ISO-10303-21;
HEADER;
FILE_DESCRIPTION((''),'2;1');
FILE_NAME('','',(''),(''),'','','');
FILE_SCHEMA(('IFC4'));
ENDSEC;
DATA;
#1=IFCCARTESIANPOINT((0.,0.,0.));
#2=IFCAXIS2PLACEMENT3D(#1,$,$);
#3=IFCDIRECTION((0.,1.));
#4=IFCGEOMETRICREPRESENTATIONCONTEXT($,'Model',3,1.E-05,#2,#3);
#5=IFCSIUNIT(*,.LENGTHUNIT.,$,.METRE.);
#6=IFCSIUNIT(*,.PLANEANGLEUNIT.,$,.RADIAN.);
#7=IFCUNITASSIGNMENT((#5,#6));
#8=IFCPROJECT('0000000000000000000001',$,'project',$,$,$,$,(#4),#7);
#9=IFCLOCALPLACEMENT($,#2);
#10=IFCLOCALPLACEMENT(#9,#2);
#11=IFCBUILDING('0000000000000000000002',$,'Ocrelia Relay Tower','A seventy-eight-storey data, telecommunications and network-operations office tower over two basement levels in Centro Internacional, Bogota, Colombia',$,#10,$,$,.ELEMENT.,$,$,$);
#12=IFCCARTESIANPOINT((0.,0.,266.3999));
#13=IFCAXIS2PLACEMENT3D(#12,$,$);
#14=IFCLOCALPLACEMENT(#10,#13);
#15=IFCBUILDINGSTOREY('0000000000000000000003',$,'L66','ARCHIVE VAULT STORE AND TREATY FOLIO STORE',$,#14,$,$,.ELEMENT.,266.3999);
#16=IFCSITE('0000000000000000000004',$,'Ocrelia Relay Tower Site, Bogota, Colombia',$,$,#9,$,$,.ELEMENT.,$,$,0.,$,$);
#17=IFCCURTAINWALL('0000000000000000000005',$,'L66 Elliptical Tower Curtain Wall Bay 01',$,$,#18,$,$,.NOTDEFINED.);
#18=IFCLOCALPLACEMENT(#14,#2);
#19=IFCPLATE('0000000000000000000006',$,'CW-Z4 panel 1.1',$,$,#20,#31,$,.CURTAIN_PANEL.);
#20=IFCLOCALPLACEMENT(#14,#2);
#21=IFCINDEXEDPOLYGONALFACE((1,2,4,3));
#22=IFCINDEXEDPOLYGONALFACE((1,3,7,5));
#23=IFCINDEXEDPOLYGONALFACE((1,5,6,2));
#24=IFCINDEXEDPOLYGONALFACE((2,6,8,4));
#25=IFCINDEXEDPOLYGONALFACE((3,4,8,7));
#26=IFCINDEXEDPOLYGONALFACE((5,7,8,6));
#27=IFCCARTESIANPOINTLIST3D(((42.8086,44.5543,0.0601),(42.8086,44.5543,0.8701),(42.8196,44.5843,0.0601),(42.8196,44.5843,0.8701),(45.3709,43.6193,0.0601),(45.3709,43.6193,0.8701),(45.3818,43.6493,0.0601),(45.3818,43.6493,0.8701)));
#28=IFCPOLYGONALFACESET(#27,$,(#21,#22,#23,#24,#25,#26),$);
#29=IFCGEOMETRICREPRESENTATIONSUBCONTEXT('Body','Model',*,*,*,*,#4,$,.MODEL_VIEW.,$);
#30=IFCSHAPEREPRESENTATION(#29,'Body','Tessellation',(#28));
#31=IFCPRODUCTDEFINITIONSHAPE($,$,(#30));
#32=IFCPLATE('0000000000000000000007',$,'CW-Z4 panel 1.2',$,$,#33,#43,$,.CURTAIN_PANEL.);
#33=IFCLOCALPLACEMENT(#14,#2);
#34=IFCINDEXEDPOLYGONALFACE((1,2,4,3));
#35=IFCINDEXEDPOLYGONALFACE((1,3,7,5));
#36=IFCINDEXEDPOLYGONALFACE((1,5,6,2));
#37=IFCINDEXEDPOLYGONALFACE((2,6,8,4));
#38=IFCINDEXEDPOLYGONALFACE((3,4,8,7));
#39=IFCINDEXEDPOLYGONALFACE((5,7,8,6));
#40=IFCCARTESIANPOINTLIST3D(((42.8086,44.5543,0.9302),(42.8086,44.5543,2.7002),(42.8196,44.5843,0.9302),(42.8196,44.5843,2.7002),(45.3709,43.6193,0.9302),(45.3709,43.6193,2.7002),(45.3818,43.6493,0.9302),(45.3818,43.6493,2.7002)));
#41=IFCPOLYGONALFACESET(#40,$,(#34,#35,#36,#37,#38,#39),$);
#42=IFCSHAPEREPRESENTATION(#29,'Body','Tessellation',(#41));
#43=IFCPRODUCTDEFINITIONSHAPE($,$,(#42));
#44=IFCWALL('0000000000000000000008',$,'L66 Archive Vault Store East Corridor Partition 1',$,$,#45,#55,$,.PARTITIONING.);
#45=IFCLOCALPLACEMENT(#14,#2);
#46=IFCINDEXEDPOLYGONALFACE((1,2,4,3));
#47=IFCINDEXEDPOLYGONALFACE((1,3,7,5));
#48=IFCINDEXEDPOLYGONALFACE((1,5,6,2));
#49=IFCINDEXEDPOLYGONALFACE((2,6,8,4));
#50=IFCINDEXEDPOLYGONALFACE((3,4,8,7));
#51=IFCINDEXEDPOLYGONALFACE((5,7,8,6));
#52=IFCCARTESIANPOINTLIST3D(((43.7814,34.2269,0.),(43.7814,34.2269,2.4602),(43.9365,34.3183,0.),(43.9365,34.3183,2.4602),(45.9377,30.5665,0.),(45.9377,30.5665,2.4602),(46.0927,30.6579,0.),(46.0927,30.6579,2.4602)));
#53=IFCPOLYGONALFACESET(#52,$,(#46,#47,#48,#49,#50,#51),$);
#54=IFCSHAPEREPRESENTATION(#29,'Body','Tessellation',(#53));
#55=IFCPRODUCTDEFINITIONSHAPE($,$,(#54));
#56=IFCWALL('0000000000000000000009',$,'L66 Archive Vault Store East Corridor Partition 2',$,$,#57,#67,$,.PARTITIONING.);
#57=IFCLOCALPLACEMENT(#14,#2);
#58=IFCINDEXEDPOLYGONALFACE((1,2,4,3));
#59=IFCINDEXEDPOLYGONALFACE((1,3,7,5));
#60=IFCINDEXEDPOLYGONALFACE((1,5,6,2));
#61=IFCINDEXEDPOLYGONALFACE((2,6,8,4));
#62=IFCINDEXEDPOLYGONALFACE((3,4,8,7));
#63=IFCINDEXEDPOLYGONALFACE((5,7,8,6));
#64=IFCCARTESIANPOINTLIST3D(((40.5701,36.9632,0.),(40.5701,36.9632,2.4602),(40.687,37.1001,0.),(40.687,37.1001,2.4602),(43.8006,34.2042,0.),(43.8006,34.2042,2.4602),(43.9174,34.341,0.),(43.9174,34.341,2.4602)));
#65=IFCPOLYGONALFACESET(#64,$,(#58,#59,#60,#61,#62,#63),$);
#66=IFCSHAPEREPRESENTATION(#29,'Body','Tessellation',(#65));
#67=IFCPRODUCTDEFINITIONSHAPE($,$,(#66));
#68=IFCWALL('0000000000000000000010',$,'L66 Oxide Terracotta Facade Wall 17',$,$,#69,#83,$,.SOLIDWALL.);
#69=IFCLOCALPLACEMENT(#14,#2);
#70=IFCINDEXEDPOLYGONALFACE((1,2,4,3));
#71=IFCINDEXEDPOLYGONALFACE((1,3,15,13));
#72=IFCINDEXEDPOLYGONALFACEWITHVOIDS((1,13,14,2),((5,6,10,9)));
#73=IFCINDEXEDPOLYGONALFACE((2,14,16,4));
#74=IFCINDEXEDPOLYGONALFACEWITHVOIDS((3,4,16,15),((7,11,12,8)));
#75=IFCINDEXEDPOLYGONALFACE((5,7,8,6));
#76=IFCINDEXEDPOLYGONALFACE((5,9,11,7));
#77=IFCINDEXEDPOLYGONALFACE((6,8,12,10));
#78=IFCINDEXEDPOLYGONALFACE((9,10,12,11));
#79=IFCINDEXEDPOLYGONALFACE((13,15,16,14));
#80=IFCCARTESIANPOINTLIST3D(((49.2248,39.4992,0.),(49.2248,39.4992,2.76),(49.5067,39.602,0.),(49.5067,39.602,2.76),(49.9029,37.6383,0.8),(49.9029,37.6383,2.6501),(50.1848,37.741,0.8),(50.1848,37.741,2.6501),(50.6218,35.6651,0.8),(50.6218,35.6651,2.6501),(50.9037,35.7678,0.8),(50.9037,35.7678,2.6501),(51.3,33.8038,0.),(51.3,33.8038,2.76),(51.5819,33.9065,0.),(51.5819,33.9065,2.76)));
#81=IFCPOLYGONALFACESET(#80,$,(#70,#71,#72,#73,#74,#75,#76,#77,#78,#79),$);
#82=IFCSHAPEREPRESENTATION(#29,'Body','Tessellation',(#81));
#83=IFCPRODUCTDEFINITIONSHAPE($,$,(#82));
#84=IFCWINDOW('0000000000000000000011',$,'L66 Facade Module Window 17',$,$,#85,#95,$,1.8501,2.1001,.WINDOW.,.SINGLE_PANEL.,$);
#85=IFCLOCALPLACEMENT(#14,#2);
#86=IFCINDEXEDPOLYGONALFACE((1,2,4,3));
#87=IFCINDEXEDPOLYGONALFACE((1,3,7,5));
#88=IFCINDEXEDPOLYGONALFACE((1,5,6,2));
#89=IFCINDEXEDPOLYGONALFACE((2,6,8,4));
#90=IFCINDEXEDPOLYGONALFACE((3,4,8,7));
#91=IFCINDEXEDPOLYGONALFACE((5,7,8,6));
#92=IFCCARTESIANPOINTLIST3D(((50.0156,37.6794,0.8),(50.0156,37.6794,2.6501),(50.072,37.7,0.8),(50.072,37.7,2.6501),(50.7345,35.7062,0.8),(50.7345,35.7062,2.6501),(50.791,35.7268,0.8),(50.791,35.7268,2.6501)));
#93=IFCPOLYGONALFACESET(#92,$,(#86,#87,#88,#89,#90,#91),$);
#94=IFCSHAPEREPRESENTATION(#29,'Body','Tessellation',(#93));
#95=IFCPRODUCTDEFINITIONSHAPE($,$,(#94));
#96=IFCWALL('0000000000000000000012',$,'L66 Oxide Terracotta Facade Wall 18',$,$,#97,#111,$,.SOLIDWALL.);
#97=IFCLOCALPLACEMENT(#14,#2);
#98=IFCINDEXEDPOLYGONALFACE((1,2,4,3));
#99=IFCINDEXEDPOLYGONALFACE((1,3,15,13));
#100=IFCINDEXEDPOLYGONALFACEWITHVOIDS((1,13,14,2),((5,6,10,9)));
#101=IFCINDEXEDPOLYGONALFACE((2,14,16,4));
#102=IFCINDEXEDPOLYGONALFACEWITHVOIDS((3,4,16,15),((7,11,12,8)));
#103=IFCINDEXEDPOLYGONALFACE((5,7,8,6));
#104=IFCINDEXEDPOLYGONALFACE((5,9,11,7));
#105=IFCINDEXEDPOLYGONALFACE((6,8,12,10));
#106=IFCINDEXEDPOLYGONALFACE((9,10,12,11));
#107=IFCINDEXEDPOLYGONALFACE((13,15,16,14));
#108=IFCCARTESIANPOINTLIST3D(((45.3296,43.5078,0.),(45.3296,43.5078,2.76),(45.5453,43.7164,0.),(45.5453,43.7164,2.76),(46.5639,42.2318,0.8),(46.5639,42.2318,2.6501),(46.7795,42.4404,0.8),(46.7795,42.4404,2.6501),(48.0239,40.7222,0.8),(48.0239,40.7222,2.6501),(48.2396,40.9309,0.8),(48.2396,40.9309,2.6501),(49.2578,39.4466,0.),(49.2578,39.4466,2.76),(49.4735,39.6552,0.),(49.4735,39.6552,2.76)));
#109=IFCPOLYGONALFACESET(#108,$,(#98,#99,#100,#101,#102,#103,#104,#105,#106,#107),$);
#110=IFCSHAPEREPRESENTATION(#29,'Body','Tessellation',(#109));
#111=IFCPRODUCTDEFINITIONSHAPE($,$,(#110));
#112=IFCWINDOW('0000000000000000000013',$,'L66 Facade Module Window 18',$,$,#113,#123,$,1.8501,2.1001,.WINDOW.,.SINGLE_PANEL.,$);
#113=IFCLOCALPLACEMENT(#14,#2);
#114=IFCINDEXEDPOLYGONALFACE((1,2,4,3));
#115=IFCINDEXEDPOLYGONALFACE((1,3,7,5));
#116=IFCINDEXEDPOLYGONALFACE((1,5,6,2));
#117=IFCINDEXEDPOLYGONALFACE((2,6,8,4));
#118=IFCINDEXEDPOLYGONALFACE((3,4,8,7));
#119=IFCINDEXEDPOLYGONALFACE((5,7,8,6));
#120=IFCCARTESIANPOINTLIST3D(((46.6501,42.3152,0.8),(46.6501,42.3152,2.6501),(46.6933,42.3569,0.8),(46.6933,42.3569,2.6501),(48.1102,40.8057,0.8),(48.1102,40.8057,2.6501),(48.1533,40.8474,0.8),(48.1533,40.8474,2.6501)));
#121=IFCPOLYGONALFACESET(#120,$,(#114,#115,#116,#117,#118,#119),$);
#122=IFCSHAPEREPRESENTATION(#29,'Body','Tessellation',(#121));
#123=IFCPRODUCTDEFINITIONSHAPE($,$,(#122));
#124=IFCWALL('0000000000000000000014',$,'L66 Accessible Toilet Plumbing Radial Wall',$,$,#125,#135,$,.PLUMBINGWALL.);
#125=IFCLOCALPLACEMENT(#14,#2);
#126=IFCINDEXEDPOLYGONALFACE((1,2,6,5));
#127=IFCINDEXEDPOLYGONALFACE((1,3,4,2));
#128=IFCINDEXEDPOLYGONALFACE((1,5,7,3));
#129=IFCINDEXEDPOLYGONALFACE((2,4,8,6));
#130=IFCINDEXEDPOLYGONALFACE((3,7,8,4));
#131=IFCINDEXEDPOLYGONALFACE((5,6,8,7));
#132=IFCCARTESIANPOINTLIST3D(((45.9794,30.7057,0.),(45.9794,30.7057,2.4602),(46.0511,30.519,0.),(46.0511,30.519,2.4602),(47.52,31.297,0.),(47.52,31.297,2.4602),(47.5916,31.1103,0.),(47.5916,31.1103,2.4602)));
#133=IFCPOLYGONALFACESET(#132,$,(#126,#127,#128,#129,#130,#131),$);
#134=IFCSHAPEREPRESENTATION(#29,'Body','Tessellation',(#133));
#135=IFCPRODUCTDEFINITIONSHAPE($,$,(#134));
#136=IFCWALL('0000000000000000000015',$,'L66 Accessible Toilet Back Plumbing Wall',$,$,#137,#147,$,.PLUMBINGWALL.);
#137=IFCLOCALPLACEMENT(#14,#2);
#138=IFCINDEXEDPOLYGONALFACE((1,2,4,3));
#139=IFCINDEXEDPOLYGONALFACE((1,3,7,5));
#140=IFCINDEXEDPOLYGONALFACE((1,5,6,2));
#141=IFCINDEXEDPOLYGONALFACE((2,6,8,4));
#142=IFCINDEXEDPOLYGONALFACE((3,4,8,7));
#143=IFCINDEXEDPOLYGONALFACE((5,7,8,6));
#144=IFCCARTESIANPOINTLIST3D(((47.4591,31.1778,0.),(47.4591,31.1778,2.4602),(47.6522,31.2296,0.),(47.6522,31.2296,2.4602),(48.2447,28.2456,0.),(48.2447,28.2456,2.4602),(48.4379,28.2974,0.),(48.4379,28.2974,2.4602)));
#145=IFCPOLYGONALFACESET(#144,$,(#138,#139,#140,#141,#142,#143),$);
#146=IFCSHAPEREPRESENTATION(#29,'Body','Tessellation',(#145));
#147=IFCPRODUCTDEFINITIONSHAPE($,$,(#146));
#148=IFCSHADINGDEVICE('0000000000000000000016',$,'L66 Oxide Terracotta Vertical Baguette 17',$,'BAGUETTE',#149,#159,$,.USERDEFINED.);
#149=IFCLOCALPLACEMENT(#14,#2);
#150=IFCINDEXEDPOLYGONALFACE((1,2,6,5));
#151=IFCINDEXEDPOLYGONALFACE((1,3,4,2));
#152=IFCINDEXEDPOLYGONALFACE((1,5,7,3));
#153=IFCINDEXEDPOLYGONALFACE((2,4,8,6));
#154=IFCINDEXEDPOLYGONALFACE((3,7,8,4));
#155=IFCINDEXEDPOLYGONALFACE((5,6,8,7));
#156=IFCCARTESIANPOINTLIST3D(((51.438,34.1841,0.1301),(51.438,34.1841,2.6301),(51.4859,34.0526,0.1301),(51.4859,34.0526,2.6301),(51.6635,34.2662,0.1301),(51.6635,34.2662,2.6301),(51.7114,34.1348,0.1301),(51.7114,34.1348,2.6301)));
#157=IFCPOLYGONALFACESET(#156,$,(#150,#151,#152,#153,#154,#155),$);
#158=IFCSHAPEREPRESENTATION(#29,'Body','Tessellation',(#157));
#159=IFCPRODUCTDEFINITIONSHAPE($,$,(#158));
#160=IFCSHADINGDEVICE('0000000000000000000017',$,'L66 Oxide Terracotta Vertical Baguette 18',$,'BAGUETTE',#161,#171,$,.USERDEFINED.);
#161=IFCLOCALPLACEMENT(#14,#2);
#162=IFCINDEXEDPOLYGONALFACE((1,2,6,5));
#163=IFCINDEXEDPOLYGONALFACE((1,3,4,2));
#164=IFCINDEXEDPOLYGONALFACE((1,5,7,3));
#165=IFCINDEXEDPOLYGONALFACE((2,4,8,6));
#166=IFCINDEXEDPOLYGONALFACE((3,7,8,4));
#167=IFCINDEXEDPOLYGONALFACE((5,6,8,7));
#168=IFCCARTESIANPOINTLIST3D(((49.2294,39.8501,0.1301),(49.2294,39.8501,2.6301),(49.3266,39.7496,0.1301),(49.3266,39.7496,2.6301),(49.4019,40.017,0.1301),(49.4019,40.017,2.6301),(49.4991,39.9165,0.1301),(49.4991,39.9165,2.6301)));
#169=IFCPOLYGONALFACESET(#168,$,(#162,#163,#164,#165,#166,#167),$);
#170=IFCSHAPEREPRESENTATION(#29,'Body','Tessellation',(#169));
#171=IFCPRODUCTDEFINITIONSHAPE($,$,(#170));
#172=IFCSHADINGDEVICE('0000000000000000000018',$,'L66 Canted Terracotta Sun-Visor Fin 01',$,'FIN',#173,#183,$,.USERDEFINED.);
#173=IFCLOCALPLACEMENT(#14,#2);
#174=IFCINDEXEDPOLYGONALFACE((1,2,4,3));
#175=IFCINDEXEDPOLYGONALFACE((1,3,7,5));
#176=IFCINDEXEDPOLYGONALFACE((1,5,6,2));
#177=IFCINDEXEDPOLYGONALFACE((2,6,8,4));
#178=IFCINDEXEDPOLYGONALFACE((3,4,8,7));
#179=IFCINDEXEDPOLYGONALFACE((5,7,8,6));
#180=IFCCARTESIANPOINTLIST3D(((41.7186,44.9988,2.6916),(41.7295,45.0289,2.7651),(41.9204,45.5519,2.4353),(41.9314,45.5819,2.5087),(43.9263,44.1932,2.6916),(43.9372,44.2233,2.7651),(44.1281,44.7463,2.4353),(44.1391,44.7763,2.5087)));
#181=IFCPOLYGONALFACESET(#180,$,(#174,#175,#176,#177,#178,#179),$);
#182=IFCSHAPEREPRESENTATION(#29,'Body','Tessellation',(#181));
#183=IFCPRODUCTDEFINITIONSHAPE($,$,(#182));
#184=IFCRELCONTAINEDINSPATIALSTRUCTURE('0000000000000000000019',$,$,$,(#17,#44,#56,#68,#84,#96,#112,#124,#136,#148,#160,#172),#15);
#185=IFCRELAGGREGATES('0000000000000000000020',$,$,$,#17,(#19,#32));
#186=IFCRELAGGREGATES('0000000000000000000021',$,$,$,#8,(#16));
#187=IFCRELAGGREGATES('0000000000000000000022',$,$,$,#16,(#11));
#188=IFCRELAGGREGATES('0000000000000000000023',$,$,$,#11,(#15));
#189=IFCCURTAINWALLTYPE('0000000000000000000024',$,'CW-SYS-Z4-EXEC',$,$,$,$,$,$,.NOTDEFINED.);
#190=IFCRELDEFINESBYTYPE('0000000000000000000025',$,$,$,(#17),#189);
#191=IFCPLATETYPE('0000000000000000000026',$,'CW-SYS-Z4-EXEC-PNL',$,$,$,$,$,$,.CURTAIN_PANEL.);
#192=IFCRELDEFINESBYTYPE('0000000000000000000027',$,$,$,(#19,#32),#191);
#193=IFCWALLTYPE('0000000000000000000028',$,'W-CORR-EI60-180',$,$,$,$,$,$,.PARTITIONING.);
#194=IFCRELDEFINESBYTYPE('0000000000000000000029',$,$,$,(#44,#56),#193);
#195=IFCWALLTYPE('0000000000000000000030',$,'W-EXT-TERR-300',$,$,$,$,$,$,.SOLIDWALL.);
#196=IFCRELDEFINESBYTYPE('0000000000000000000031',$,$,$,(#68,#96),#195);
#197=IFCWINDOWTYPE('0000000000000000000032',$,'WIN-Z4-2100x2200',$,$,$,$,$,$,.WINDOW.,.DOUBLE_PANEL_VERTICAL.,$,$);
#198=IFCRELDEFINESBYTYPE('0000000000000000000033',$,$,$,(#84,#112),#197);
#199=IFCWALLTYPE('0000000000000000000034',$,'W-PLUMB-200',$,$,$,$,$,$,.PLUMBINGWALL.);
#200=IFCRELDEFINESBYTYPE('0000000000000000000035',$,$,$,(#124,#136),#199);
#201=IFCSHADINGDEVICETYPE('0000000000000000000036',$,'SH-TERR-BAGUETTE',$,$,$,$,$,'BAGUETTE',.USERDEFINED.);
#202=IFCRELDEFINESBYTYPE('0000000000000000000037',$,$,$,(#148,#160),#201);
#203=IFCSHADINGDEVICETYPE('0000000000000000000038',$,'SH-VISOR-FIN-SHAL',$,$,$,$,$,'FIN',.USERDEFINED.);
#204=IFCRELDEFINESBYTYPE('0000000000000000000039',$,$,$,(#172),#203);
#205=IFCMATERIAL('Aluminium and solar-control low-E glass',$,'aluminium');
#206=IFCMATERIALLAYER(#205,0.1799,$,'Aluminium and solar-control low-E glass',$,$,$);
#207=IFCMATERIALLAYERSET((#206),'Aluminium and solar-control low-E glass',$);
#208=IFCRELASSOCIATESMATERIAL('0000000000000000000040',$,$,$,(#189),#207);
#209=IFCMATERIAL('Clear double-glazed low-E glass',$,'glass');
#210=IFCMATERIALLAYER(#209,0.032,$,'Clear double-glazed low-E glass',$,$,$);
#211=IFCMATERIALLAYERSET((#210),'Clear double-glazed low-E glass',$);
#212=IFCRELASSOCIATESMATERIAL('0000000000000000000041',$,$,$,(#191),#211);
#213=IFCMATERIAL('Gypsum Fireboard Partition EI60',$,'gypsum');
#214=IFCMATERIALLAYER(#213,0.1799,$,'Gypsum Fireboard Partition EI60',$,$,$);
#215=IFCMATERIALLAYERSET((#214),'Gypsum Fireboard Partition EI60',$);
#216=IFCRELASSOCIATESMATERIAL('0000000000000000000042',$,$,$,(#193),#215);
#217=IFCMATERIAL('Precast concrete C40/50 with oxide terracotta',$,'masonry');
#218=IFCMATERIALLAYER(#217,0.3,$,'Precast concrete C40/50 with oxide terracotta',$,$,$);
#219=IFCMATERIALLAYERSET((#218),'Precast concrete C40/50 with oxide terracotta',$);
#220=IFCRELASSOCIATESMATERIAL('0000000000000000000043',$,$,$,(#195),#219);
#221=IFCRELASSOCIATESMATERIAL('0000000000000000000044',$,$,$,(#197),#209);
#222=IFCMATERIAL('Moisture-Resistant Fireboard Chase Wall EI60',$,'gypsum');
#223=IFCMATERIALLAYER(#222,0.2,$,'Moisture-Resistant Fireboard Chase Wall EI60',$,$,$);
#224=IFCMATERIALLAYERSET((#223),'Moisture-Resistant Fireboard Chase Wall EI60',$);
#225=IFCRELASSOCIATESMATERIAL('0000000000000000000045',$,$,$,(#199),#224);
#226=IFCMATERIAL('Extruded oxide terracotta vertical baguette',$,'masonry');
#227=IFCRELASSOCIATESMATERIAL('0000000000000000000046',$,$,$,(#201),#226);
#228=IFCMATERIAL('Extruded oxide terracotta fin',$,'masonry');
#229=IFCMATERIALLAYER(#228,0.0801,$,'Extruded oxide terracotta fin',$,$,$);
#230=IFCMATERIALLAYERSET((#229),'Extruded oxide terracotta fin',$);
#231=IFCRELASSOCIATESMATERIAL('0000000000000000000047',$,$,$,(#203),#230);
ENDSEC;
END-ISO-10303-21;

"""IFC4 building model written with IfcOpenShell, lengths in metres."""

from ifc_helpers import new_model, si_unit, direction, frame, frame_2d, origin, origin_2d, place, context, subcontext, project, spatial, rectangle, extrude, material, layer, layer_set, type_object, element, fill, aggregate, save


model = new_model("IFC4")

# Units and contexts
model_context = context("Model", 3, precision=1e-05, world=origin(), true_north=direction((0.0, 1.0)))
body_context = subcontext(model_context, "Body", "Model", "MODEL_VIEW")
ifc_project = project(units=[si_unit("LENGTHUNIT", "METRE"), si_unit("PLANEANGLEUNIT", "RADIAN")], contexts=[model_context])

# Site, building, storey
site_placement = place(None, origin())
site = spatial("IfcSite", under=ifc_project, at=site_placement, Name="Ocrelia Relay Tower Site, Bogota, Colombia", CompositionType="ELEMENT", RefElevation=0.0)
building_placement = place(site_placement, origin())
building = spatial("IfcBuilding", under=site, at=building_placement, Name="Ocrelia Relay Tower", Description="A seventy-eight-storey data, telecommunications and network-operations office tower over two basement levels in Centro Internacional, Bogota, Colombia", CompositionType="ELEMENT")
storey_placement = place(building_placement, frame((0.0, 0.0, 266.3999)))
storey = spatial("IfcBuildingStorey", under=building, at=storey_placement, Name="L66", Description="ARCHIVE VAULT STORE AND TREATY FOLIO STORE", CompositionType="ELEMENT", Elevation=266.3999)

# Curtain wall, plates
ifc_material_1 = material(Name="Aluminium and solar-control low-E glass", Category="aluminium")
ifc_layer_1 = layer(ifc_material_1, 0.1799, Name="Aluminium and solar-control low-E glass")
ifc_layer_set_1 = layer_set([ifc_layer_1], Name="Aluminium and solar-control low-E glass")
curtain_wall_type = type_object("IfcCurtainWallType", Name="CW-SYS-Z4-EXEC", PredefinedType="NOTDEFINED", material=ifc_layer_set_1)
curtain_wall_placement = place(storey_placement, origin())
curtain_wall = element("IfcCurtainWall", 1, at=curtain_wall_placement, inside=storey, type_object=curtain_wall_type, Name="L66 Elliptical Tower Curtain Wall Bay 01", PredefinedType="NOTDEFINED")
ifc_material_2 = material(Name="Clear double-glazed low-E glass", Category="glass")
ifc_layer_2 = layer(ifc_material_2, 0.032, Name="Clear double-glazed low-E glass")
ifc_layer_set_2 = layer_set([ifc_layer_2], Name="Clear double-glazed low-E glass")
plate_type = type_object("IfcPlateType", Name="CW-SYS-Z4-EXEC-PNL", PredefinedType="CURTAIN_PANEL", material=ifc_layer_set_2)
plate_1_placement = place(storey_placement, frame((44.0952, 44.1018, 0.0601), z_axis=(0.0, 0.0, 1.0), x_axis=(-0.939409, 0.342799, 0.0)))
plate_1 = element("IfcPlate", 2, at=plate_1_placement, type_object=plate_type, Name="CW-Z4 panel 1.1", PredefinedType="CURTAIN_PANEL", context=body_context, shape_type="SweptSolid", body=[
    extrude(rectangle(XDim=2.7275, YDim=0.032, at=origin_2d()), origin(), (0.0, 0.0, 1.0), 0.8101),
])
plate_2_placement = place(storey_placement, frame((44.0952, 44.1018, 0.9302), z_axis=(0.0, 0.0, 1.0), x_axis=(-0.939409, 0.342799, 0.0)))
plate_2 = element("IfcPlate", 3, at=plate_2_placement, type_object=plate_type, Name="CW-Z4 panel 1.2", PredefinedType="CURTAIN_PANEL", context=body_context, shape_type="SweptSolid", body=[
    extrude(rectangle(XDim=2.7275, YDim=0.032, at=origin_2d()), origin(), (0.0, 0.0, 1.0), 1.77),
])
aggregate(curtain_wall, [plate_1, plate_2])

# Walls
ifc_material_3 = material(Name="Gypsum Fireboard Partition EI60", Category="gypsum")
ifc_layer_3 = layer(ifc_material_3, 0.1799, Name="Gypsum Fireboard Partition EI60")
ifc_layer_set_3 = layer_set([ifc_layer_3], Name="Gypsum Fireboard Partition EI60")
wall_type_1 = type_object("IfcWallType", Name="W-CORR-EI60-180", PredefinedType="PARTITIONING", material=ifc_layer_set_3)
for number, where, z_axis, x_axis, name in (
    (4, (46.0151, 30.6123, 0.0), (0.0, 0.0, 1.0), (-0.507557, 0.861618, 0.0), "L66 Archive Vault Store East Corridor Partition 1"),
    (5, (43.8589, 34.2727, 0.0), (0.0, 0.0, 1.0), (-0.760412, 0.649442, 0.0), "L66 Archive Vault Store East Corridor Partition 2"),
):
    element("IfcWall", number, at=place(storey_placement, frame(where, z_axis=z_axis, x_axis=x_axis)), inside=storey, type_object=wall_type_1, Name=name, PredefinedType="PARTITIONING", context=body_context, shape_type="SweptSolid", body=[
        extrude(rectangle(XDim=4.2483, YDim=0.1799, at=frame_2d((2.124, 0.0))), origin(), (0.0, 0.0, 1.0), 2.4602),
    ])

# Walls, openings, windows
ifc_material_4 = material(Name="Precast concrete C40/50 with oxide terracotta", Category="masonry")
ifc_layer_4 = layer(ifc_material_4, 0.3, Name="Precast concrete C40/50 with oxide terracotta")
ifc_layer_set_4 = layer_set([ifc_layer_4], Name="Precast concrete C40/50 with oxide terracotta")
wall_type_2 = type_object("IfcWallType", Name="W-EXT-TERR-300", PredefinedType="SOLIDWALL", material=ifc_layer_set_4)
wall_1_placement = place(storey_placement, frame((51.4409, 33.8552, 0.0), z_axis=(0.0, 0.0, 1.0), x_axis=(-0.342338, 0.939577, 0.0)))
wall_1 = element("IfcWall", 6, at=wall_1_placement, inside=storey, type_object=wall_type_2, Name="L66 Oxide Terracotta Facade Wall 17", PredefinedType="SOLIDWALL", context=body_context, shape_type="SweptSolid", body=[
    extrude(rectangle(XDim=6.0618, YDim=0.3, at=frame_2d((3.0308, 0.0))), origin(), (0.0, 0.0, 1.0), 2.76),
])
opening_1_placement = place(wall_1_placement, frame((1.981, 0.0, 0.8)))
opening_1 = element("IfcOpeningElement", 7, at=opening_1_placement, cuts=wall_1, PredefinedType="OPENING", context=body_context, shape_type="SweptSolid", body=[
    extrude(rectangle(XDim=2.1001, YDim=1.8501, at=frame_2d((1.05, 0.925))), frame((0.0, 0.1602, 0.0), z_axis=(0.0, -1.0, 0.0), x_axis=(1.0, 0.0, 0.0)), (0.0, 0.0, 1.0), 0.3201),
])
window_type = type_object("IfcWindowType", Name="WIN-Z4-2100x2200", PartitioningType="DOUBLE_PANEL_VERTICAL", PredefinedType="WINDOW", material=ifc_material_2)
window_1_placement = place(opening_1_placement, origin())
window_1 = element("IfcWindow", 8, at=window_1_placement, inside=storey, type_object=window_type, Name="L66 Facade Module Window 17", OverallHeight=1.8501, OverallWidth=2.1001, PartitioningType="SINGLE_PANEL", PredefinedType="WINDOW", context=body_context, shape_type="SweptSolid", body=[
    extrude(rectangle(XDim=2.1001, YDim=1.8501, at=frame_2d((1.05, 0.925))), frame((0.0, 0.03, 0.0), z_axis=(0.0, -1.0, 0.0), x_axis=(1.0, 0.0, 0.0)), (0.0, 0.0, 1.0), 0.0601),
])
fill(opening_1, window_1)
wall_2_placement = place(storey_placement, frame((49.3657, 39.5508, 0.0), z_axis=(0.0, 0.0, 1.0), x_axis=(-0.695234, 0.718783, 0.0)))
wall_2 = element("IfcWall", 9, at=wall_2_placement, inside=storey, type_object=wall_type_2, Name="L66 Oxide Terracotta Facade Wall 18", PredefinedType="SOLIDWALL", context=body_context, shape_type="SweptSolid", body=[
    extrude(rectangle(XDim=5.6501, YDim=0.3, at=frame_2d((2.8252, 0.0))), origin(), (0.0, 0.0, 1.0), 2.76),
])
opening_2_placement = place(wall_2_placement, frame((1.7749, 0.0, 0.8)))
opening_2 = element("IfcOpeningElement", 10, at=opening_2_placement, cuts=wall_2, PredefinedType="OPENING", context=body_context, shape_type="SweptSolid", body=[
    extrude(rectangle(XDim=2.1001, YDim=1.8501, at=frame_2d((1.05, 0.925))), frame((0.0, 0.1602, 0.0), z_axis=(0.0, -1.0, 0.0), x_axis=(1.0, 0.0, 0.0)), (0.0, 0.0, 1.0), 0.3201),
])
window_2_placement = place(opening_2_placement, origin())
window_2 = element("IfcWindow", 11, at=window_2_placement, inside=storey, type_object=window_type, Name="L66 Facade Module Window 18", OverallHeight=1.8501, OverallWidth=2.1001, PartitioningType="SINGLE_PANEL", PredefinedType="WINDOW", context=body_context, shape_type="SweptSolid", body=[
    extrude(rectangle(XDim=2.1001, YDim=1.8501, at=frame_2d((1.05, 0.925))), frame((0.0, 0.03, 0.0), z_axis=(0.0, -1.0, 0.0), x_axis=(1.0, 0.0, 0.0)), (0.0, 0.0, 1.0), 0.0601),
])
fill(opening_2, window_2)

# Walls
ifc_material_5 = material(Name="Moisture-Resistant Fireboard Chase Wall EI60", Category="gypsum")
ifc_layer_5 = layer(ifc_material_5, 0.2, Name="Moisture-Resistant Fireboard Chase Wall EI60")
ifc_layer_set_5 = layer_set([ifc_layer_5], Name="Moisture-Resistant Fireboard Chase Wall EI60")
wall_type_3 = type_object("IfcWallType", Name="W-PLUMB-200", PredefinedType="PLUMBINGWALL", material=ifc_layer_set_5)
wall_3_placement = place(storey_placement, frame((46.0151, 30.6123, 0.0), z_axis=(0.0, 0.0, 1.0), x_axis=(0.933589, 0.358344, 0.0)))
element("IfcWall", 12, at=wall_3_placement, inside=storey, type_object=wall_type_3, Name="L66 Accessible Toilet Plumbing Radial Wall", PredefinedType="PLUMBINGWALL", context=body_context, shape_type="SweptSolid", body=[
    extrude(rectangle(XDim=1.6501, YDim=0.2, at=frame_2d((0.8252, 0.0))), origin(), (0.0, 0.0, 1.0), 2.4602),
])
wall_4_placement = place(storey_placement, frame((48.3413, 28.2715, 0.0), z_axis=(0.0, 0.0, 1.0), x_axis=(-0.258814, 0.965927, 0.0)))
element("IfcWall", 13, at=wall_4_placement, inside=storey, type_object=wall_type_3, Name="L66 Accessible Toilet Back Plumbing Wall", PredefinedType="PLUMBINGWALL", context=body_context, shape_type="SweptSolid", body=[
    extrude(rectangle(XDim=3.0356, YDim=0.2, at=frame_2d((1.5178, 0.0))), origin(), (0.0, 0.0, 1.0), 2.4602),
])

# Shading devices
ifc_material_6 = material(Name="Extruded oxide terracotta vertical baguette", Category="masonry")
shading_device_type_1 = type_object("IfcShadingDeviceType", Name="SH-TERR-BAGUETTE", ElementType="BAGUETTE", PredefinedType="USERDEFINED", material=ifc_material_6)
for number, where, z_axis, x_axis, name in (
    (14, (51.5747, 34.1594, 0.1301), (0.0, 0.0, 1.0), (-0.342317, 0.939585, 0.0), "L66 Oxide Terracotta Vertical Baguette 17"),
    (15, (49.3643, 39.8833, 0.1301), (0.0, 0.0, 1.0), (-0.695257, 0.718761, 0.0), "L66 Oxide Terracotta Vertical Baguette 18"),
):
    element("IfcShadingDevice", number, at=place(storey_placement, frame(where, z_axis=z_axis, x_axis=x_axis)), inside=storey, type_object=shading_device_type_1, Name=name, ObjectType="BAGUETTE", PredefinedType="USERDEFINED", context=body_context, shape_type="SweptSolid", body=[
        extrude(rectangle(XDim=0.1399, YDim=0.24, at=origin_2d()), origin(), (0.0, 0.0, 1.0), 2.5),
    ])
ifc_material_7 = material(Name="Extruded oxide terracotta fin", Category="masonry")
ifc_layer_6 = layer(ifc_material_7, 0.0801, Name="Extruded oxide terracotta fin")
ifc_layer_set_6 = layer_set([ifc_layer_6], Name="Extruded oxide terracotta fin")
shading_device_type_2 = type_object("IfcShadingDeviceType", Name="SH-VISOR-FIN-SHAL", ElementType="FIN", PredefinedType="USERDEFINED", material=ifc_layer_set_6)
shading_device_1_placement = place(storey_placement, frame((42.9233, 44.8726, 2.5635), z_axis=(0.136855, 0.375039, 0.916851), x_axis=(-0.939409, 0.342799, 0.0)))
element("IfcShadingDevice", 16, at=shading_device_1_placement, inside=storey, type_object=shading_device_type_2, Name="L66 Canted Terracotta Sun-Visor Fin 01", ObjectType="FIN", PredefinedType="USERDEFINED", context=body_context, shape_type="SweptSolid", body=[
    extrude(rectangle(XDim=2.3501, YDim=0.6421, at=origin_2d()), origin(), (0.0, 0.0, 1.0), 0.0801),
])

save(model, "model.ifc")
